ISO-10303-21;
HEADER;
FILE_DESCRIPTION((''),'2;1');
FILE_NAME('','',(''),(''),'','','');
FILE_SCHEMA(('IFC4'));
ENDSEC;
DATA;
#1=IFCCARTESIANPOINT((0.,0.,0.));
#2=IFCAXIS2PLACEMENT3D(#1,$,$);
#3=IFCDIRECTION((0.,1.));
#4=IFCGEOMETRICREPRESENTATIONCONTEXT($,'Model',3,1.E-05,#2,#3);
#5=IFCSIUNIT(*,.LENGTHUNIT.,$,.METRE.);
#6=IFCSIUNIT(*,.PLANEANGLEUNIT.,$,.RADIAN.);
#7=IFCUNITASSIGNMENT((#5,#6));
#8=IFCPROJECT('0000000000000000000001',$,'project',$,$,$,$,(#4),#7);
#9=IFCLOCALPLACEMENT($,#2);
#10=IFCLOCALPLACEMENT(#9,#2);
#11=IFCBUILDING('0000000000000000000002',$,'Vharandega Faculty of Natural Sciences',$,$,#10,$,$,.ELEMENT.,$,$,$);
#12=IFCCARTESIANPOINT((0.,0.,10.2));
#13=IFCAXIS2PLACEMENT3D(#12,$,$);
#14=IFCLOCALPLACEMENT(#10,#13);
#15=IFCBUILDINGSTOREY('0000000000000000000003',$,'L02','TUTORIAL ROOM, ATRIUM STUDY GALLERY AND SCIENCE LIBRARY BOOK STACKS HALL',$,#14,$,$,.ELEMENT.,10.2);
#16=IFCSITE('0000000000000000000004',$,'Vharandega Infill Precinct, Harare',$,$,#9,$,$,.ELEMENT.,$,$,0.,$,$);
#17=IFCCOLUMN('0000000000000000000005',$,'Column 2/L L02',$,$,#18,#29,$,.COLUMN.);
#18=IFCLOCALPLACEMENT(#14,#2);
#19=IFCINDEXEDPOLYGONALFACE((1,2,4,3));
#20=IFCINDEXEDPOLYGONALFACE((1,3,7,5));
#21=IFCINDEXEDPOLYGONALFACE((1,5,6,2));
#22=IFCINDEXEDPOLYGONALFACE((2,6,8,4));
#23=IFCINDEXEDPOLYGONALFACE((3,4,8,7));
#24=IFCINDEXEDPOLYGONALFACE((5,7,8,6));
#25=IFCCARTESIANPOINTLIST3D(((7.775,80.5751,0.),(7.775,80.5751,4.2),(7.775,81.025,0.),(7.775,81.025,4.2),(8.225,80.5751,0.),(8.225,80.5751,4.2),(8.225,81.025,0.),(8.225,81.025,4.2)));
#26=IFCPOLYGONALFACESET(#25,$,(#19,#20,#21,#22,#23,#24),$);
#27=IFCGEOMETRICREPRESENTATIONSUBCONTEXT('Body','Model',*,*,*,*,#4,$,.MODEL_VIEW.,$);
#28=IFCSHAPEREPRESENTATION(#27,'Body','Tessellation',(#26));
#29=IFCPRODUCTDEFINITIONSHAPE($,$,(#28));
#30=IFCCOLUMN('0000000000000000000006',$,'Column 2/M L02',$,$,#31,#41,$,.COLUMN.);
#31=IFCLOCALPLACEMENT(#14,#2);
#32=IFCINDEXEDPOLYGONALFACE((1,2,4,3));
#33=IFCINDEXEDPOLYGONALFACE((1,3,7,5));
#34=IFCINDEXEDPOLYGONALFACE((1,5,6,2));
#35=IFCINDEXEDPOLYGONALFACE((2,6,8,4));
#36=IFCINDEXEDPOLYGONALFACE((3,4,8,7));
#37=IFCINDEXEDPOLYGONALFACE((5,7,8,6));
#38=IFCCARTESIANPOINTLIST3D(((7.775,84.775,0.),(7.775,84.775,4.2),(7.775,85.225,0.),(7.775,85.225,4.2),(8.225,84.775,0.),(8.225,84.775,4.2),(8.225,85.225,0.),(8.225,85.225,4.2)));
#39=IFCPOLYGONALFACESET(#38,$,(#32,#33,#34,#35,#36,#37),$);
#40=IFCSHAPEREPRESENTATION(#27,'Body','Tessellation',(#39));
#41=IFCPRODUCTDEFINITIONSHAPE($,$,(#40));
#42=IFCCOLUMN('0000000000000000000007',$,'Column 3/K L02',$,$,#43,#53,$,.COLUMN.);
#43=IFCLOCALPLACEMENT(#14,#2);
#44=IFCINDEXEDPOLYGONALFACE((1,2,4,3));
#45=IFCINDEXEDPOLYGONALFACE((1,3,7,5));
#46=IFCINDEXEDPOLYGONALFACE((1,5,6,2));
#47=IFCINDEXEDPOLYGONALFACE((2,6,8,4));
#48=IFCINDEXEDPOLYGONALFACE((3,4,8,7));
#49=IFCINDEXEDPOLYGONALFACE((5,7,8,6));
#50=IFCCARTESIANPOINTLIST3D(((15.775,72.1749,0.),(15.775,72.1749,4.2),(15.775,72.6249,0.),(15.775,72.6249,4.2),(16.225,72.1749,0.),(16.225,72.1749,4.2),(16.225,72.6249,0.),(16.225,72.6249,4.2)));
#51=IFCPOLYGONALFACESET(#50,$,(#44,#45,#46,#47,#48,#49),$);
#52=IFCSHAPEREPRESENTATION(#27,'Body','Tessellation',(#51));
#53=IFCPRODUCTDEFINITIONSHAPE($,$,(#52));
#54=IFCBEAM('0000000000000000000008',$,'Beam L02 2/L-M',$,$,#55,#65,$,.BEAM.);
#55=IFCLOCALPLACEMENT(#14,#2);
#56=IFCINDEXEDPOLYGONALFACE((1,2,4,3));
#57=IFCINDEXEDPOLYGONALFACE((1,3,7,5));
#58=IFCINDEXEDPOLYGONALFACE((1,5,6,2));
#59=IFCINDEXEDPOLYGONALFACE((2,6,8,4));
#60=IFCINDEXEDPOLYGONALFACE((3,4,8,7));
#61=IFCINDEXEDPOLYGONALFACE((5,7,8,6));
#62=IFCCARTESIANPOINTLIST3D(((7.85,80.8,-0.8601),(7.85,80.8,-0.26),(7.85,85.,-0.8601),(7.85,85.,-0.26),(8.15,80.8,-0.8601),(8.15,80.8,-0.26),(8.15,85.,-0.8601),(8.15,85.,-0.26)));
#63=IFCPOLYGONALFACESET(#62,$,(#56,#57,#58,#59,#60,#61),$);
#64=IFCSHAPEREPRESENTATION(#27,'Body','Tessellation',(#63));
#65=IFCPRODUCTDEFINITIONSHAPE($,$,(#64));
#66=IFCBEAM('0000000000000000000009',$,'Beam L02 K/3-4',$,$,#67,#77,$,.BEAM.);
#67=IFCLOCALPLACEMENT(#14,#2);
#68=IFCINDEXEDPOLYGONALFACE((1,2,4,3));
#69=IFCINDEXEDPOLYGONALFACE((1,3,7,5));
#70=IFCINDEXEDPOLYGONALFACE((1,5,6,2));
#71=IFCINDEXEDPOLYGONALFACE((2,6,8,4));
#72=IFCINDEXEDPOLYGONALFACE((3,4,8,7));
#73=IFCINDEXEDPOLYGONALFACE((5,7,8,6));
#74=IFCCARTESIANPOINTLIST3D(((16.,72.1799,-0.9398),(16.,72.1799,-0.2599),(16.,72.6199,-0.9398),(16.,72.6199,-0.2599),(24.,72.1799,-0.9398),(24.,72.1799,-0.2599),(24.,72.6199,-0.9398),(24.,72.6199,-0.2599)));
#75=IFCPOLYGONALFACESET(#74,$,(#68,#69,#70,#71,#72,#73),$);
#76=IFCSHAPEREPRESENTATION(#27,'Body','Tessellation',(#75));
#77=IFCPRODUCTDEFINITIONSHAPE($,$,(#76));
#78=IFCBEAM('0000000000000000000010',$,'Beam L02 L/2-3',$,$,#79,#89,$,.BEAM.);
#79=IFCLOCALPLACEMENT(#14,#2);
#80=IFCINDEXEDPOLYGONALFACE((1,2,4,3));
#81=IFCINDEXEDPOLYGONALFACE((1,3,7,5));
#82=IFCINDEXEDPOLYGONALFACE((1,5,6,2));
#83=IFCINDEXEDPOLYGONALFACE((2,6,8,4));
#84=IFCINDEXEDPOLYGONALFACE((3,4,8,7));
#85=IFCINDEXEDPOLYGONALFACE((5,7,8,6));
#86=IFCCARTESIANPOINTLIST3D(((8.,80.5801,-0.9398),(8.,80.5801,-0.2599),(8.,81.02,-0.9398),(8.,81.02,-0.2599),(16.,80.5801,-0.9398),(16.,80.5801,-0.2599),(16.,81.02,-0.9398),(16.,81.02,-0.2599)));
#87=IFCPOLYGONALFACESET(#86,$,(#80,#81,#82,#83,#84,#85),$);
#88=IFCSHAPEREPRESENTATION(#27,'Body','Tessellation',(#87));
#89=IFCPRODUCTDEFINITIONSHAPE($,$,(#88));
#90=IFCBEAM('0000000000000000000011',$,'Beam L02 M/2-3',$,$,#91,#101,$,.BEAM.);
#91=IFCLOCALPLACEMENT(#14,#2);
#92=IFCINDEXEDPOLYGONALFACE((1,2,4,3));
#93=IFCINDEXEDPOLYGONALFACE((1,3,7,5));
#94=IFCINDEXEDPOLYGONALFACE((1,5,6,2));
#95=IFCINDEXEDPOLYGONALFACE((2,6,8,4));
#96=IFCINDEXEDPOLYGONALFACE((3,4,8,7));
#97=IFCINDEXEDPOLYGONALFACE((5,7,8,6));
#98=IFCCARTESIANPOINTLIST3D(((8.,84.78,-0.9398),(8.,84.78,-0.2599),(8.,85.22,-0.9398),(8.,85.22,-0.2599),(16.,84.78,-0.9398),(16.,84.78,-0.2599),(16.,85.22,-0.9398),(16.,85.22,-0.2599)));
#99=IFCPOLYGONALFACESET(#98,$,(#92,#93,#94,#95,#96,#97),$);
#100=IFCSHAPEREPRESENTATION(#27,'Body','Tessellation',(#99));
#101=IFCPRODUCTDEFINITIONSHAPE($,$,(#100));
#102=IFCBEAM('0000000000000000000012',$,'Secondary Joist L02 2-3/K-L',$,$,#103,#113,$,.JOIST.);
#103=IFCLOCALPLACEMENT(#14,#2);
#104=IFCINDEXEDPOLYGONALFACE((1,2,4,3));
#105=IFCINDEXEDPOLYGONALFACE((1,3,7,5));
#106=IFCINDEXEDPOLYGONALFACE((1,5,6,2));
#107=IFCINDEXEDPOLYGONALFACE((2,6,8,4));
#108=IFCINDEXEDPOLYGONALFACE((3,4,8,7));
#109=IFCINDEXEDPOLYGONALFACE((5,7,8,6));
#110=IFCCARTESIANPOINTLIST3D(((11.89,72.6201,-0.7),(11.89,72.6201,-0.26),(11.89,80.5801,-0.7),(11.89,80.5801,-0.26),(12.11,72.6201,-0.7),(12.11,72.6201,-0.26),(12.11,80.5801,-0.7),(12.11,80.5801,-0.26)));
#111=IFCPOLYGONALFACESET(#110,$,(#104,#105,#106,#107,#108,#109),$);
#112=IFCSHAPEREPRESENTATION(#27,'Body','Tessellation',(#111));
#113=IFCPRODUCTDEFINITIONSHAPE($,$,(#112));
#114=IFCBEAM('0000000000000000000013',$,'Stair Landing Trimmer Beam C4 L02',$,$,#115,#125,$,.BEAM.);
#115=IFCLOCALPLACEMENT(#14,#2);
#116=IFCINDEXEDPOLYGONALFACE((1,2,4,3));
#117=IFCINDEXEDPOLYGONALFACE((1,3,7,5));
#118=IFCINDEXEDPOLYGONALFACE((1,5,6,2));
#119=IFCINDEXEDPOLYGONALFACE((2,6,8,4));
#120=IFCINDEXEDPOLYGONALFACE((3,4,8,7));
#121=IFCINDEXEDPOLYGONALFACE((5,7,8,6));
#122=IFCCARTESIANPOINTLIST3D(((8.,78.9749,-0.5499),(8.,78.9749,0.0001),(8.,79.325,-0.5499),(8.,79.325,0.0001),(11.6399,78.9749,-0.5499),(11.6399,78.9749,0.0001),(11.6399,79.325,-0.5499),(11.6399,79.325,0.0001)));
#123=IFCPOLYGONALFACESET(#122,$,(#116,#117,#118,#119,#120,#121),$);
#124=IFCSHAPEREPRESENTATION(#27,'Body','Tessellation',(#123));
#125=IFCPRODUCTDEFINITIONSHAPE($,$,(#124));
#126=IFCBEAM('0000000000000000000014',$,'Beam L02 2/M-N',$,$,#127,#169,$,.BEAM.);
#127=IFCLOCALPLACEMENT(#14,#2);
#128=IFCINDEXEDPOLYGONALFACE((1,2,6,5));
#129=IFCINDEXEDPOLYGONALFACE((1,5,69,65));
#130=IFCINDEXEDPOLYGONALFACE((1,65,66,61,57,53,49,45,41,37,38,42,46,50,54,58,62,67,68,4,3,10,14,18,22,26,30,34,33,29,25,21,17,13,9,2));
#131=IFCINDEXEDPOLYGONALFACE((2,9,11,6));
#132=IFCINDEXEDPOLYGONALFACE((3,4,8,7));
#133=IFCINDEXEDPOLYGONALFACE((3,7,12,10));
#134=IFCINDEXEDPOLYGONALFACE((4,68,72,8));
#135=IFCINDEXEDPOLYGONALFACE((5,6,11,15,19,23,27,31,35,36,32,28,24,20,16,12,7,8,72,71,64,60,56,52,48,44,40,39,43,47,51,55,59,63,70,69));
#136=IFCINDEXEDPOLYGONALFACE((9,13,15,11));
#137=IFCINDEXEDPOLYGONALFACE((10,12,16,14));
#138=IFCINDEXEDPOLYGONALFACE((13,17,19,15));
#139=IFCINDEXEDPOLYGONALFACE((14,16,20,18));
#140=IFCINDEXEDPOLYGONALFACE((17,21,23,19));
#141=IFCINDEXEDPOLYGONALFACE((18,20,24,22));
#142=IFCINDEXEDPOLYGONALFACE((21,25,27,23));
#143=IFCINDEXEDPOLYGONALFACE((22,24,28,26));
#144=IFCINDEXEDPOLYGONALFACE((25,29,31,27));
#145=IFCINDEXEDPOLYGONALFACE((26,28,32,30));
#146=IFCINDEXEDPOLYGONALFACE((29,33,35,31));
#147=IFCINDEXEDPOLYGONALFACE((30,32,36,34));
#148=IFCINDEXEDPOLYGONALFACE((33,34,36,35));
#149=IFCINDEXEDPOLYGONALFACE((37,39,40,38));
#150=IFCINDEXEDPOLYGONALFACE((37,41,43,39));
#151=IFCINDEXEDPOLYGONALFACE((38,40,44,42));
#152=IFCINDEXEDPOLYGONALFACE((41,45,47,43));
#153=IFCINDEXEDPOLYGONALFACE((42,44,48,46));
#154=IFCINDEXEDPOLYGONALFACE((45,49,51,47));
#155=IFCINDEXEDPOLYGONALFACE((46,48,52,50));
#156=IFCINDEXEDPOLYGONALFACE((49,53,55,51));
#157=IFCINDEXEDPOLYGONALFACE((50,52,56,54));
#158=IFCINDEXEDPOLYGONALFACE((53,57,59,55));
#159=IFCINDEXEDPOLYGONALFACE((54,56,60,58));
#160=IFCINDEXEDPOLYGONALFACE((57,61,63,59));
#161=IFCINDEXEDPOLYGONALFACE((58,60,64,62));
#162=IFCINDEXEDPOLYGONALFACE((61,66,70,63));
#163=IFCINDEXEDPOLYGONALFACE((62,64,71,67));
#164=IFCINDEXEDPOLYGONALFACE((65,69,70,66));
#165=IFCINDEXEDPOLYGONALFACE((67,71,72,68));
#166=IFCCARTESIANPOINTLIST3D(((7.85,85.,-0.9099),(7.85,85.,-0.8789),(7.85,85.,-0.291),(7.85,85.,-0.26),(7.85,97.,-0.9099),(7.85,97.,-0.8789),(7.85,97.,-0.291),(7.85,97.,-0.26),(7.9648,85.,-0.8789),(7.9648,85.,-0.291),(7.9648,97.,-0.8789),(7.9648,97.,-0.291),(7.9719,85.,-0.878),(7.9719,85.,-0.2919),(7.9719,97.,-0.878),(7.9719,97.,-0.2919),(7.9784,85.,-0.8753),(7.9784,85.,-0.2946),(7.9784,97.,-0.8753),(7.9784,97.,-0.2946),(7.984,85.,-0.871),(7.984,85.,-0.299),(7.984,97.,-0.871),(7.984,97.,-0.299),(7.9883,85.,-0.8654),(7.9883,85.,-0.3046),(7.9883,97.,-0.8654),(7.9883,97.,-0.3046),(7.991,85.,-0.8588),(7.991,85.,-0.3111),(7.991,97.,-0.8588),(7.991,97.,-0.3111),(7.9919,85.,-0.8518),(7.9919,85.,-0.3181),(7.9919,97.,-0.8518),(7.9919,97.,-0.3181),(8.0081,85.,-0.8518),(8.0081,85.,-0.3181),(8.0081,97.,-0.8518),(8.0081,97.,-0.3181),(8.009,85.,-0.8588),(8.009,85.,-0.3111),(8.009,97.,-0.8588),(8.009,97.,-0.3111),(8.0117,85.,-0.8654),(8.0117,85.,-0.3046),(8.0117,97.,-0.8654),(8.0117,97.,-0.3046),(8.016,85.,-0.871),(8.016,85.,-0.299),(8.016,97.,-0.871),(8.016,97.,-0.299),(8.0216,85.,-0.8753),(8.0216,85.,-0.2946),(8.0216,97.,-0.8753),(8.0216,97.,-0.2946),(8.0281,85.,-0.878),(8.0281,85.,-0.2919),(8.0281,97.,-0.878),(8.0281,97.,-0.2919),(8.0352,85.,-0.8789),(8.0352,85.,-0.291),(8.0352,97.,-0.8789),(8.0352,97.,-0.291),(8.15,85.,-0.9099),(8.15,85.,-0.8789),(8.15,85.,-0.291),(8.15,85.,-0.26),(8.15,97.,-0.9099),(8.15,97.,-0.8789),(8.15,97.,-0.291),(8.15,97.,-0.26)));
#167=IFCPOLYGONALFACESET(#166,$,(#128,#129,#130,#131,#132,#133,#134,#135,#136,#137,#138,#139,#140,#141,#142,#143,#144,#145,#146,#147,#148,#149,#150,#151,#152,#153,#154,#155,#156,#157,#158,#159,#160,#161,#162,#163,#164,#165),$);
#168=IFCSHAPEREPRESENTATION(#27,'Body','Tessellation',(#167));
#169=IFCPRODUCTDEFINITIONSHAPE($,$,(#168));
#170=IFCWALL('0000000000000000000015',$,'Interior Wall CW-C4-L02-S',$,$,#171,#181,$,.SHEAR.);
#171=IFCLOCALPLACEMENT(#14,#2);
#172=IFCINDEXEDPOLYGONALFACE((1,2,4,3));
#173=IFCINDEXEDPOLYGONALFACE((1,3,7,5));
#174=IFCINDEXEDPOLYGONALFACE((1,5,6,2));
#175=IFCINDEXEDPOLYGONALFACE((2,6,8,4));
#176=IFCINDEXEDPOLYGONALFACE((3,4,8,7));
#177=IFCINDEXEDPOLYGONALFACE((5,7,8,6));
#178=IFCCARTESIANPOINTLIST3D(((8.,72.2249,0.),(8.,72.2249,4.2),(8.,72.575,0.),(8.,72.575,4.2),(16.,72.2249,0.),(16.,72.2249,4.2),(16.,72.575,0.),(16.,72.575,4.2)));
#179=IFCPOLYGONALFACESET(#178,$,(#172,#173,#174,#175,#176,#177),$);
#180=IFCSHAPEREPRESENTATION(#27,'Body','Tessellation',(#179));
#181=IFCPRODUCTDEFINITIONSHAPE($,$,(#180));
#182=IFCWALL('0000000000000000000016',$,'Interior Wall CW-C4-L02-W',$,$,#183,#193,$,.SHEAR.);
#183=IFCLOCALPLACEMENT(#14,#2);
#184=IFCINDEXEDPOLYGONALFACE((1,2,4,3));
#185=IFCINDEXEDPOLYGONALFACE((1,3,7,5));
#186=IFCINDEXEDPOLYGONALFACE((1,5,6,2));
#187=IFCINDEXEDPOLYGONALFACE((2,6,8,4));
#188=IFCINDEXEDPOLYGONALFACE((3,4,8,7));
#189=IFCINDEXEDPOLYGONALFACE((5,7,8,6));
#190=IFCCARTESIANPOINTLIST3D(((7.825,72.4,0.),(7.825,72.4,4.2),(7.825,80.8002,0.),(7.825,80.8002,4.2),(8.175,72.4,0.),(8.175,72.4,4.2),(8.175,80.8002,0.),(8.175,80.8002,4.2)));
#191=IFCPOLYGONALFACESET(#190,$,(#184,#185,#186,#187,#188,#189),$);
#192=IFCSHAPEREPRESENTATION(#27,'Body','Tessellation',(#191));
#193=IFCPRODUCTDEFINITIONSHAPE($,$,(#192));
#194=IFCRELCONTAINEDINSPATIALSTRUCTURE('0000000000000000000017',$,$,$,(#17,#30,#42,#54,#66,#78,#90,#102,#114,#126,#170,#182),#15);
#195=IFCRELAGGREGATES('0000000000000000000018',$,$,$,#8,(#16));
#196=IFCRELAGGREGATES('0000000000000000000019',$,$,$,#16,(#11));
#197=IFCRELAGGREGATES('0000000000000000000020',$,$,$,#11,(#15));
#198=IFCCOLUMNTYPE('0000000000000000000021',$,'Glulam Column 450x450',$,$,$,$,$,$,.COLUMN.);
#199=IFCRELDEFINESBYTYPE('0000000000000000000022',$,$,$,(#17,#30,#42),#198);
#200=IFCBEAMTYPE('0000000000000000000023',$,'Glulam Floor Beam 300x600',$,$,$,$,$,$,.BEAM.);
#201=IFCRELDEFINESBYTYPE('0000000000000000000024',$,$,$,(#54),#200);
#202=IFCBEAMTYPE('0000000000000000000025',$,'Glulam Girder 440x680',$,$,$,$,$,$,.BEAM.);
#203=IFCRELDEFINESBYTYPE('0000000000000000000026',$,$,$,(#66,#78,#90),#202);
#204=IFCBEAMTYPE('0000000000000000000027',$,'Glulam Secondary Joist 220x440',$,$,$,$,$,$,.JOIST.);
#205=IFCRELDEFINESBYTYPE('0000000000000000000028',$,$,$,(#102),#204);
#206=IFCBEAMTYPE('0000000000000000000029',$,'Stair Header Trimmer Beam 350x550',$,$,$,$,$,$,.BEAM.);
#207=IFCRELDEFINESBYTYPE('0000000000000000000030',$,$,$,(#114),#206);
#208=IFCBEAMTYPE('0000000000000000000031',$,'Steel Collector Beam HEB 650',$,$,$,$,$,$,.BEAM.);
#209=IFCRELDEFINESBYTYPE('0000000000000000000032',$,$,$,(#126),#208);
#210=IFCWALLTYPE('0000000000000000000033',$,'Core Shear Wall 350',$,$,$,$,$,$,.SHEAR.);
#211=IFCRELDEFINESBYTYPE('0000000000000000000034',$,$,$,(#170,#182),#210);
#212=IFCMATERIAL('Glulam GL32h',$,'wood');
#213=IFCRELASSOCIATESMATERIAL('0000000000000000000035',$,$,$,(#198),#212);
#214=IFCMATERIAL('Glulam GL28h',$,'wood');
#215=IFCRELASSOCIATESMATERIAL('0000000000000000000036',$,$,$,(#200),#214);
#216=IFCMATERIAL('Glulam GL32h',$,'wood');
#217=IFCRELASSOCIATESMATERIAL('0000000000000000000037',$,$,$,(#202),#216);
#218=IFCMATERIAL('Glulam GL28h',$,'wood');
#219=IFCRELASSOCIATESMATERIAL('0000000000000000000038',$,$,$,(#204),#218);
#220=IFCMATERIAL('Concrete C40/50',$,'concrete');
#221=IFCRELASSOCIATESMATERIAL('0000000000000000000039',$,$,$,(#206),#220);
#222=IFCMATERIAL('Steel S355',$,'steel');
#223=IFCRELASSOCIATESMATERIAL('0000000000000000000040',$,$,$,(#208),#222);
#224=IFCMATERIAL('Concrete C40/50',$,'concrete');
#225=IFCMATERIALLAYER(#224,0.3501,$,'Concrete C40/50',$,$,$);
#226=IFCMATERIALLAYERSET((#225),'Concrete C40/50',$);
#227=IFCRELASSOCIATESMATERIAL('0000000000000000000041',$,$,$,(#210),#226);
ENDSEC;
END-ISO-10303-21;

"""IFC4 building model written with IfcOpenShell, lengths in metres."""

from ifc_helpers import new_model, si_unit, direction, frame, frame_2d, origin, origin_2d, place, context, subcontext, project, spatial, rectangle, i_section, extrude, material, layer, layer_set, material_profile, profile_set, type_object, element, save


model = new_model("IFC4")

# Units and contexts
model_context = context("Model", 3, precision=1e-05, world=origin(), true_north=direction((0.0, 1.0)))
body_context = subcontext(model_context, "Body", "Model", "MODEL_VIEW")
ifc_project = project(units=[si_unit("LENGTHUNIT", "METRE"), si_unit("PLANEANGLEUNIT", "RADIAN")], contexts=[model_context])

# Site, building, storey
site_placement = place(None, origin())
site = spatial("IfcSite", under=ifc_project, at=site_placement, Name="Vharandega Infill Precinct, Harare", CompositionType="ELEMENT", RefElevation=0.0)
building_placement = place(site_placement, origin())
building = spatial("IfcBuilding", under=site, at=building_placement, Name="Vharandega Faculty of Natural Sciences", CompositionType="ELEMENT")
storey_placement = place(building_placement, frame((0.0, 0.0, 10.2)))
storey = spatial("IfcBuildingStorey", under=building, at=storey_placement, Name="L02", Description="TUTORIAL ROOM, ATRIUM STUDY GALLERY AND SCIENCE LIBRARY BOOK STACKS HALL", CompositionType="ELEMENT", Elevation=10.2)

# Columns
ifc_material_1 = material(Name="Glulam GL32h", Category="wood")
ifc_material_profile_1 = material_profile(ifc_material_1, rectangle(XDim=0.45, YDim=0.45, at=origin_2d()), Name="GL32h 450x450")
ifc_profile_set_1 = profile_set([ifc_material_profile_1], Name="Glulam GL32h")
column_type = type_object("IfcColumnType", Name="Glulam Column 450x450", PredefinedType="COLUMN", material=ifc_profile_set_1)
for number, where, z_axis, x_axis, name in (
    (1, (8.0, 80.8, 0.0), (0.0, 0.0, 1.0), (1.0, 0.0, 0.0), "Column 2/L L02"),
    (2, (8.0, 85.0, 0.0), (0.0, 0.0, 1.0), (1.0, 0.0, 0.0), "Column 2/M L02"),
    (3, (16.0, 72.3999, 0.0), (0.0, 0.0, 1.0), (1.0, 0.0, 0.0), "Column 3/K L02"),
):
    element("IfcColumn", number, at=place(storey_placement, frame(where, z_axis=z_axis, x_axis=x_axis)), inside=storey, type_object=column_type, Name=name, PredefinedType="COLUMN", context=body_context, shape_type="SweptSolid", body=[
        extrude(rectangle(XDim=0.45, YDim=0.45, at=origin_2d()), origin(), (0.0, 0.0, 1.0), 4.2),
    ])

# Beams
ifc_material_2 = material(Name="Glulam GL28h", Category="wood")
ifc_material_profile_2 = material_profile(ifc_material_2, rectangle(XDim=0.3, YDim=0.6001, at=origin_2d()), Name="GL28h 300x600")
ifc_profile_set_2 = profile_set([ifc_material_profile_2], Name="Glulam GL28h")
beam_type_1 = type_object("IfcBeamType", Name="Glulam Floor Beam 300x600", PredefinedType="BEAM", material=ifc_profile_set_2)
beam_1_placement = place(storey_placement, frame((8.0, 80.8, -0.5601), z_axis=(0.0, 1.0, 0.0), x_axis=(-1.0, 0.0, 0.0)))
element("IfcBeam", 4, at=beam_1_placement, inside=storey, type_object=beam_type_1, Name="Beam L02 2/L-M", PredefinedType="BEAM", context=body_context, shape_type="SweptSolid", body=[
    extrude(rectangle(XDim=0.3, YDim=0.6001, at=origin_2d()), origin(), (0.0, 0.0, 1.0), 4.2),
])
ifc_material_3 = material(Name="Glulam GL32h", Category="wood")
ifc_material_profile_3 = material_profile(ifc_material_3, rectangle(XDim=0.4399, YDim=0.6799, at=origin_2d()), Name="GL32h 440x680")
ifc_profile_set_3 = profile_set([ifc_material_profile_3], Name="Glulam GL32h")
beam_type_2 = type_object("IfcBeamType", Name="Glulam Girder 440x680", PredefinedType="BEAM", material=ifc_profile_set_3)
for number, where, z_axis, x_axis, name in (
    (5, (16.0, 72.3999, -0.5999), (1.0, 0.0, 0.0), (0.0, 1.0, 0.0), "Beam L02 K/3-4"),
    (6, (8.0, 80.8, -0.5999), (1.0, 0.0, 0.0), (0.0, 1.0, 0.0), "Beam L02 L/2-3"),
    (7, (8.0, 85.0, -0.5999), (1.0, 0.0, 0.0), (0.0, 1.0, 0.0), "Beam L02 M/2-3"),
):
    element("IfcBeam", number, at=place(storey_placement, frame(where, z_axis=z_axis, x_axis=x_axis)), inside=storey, type_object=beam_type_2, Name=name, PredefinedType="BEAM", context=body_context, shape_type="SweptSolid", body=[
        extrude(rectangle(XDim=0.4399, YDim=0.6799, at=origin_2d()), origin(), (0.0, 0.0, 1.0), 8.0),
    ])
ifc_material_4 = material(Name="Glulam GL28h", Category="wood")
ifc_material_profile_4 = material_profile(ifc_material_4, rectangle(XDim=0.22, YDim=0.4399, at=origin_2d()), Name="GL28h 220x440")
ifc_profile_set_4 = profile_set([ifc_material_profile_4], Name="Glulam GL28h")
beam_type_3 = type_object("IfcBeamType", Name="Glulam Secondary Joist 220x440", PredefinedType="JOIST", material=ifc_profile_set_4)
beam_2_placement = place(storey_placement, frame((12.0, 72.6201, -0.48), z_axis=(0.0, 1.0, 0.0), x_axis=(-1.0, 0.0, 0.0)))
element("IfcBeam", 8, at=beam_2_placement, inside=storey, type_object=beam_type_3, Name="Secondary Joist L02 2-3/K-L", PredefinedType="JOIST", context=body_context, shape_type="SweptSolid", body=[
    extrude(rectangle(XDim=0.22, YDim=0.4399, at=origin_2d()), origin(), (0.0, 0.0, 1.0), 7.96),
])
ifc_material_5 = material(Name="Concrete C40/50", Category="concrete")
ifc_material_profile_5 = material_profile(ifc_material_5, rectangle(XDim=0.3501, YDim=0.55, at=origin_2d()), Name="RC 350x550")
ifc_profile_set_5 = profile_set([ifc_material_profile_5], Name="Concrete C40/50")
beam_type_4 = type_object("IfcBeamType", Name="Stair Header Trimmer Beam 350x550", PredefinedType="BEAM", material=ifc_profile_set_5)
beam_3_placement = place(storey_placement, frame((8.0, 79.1499, -0.2749), z_axis=(1.0, 0.0, 0.0), x_axis=(0.0, 1.0, 0.0)))
element("IfcBeam", 9, at=beam_3_placement, inside=storey, type_object=beam_type_4, Name="Stair Landing Trimmer Beam C4 L02", PredefinedType="BEAM", context=body_context, shape_type="SweptSolid", body=[
    extrude(rectangle(XDim=0.3501, YDim=0.55, at=origin_2d()), origin(), (0.0, 0.0, 1.0), 3.6399),
])
ifc_material_6 = material(Name="Steel S355", Category="steel")
ifc_material_profile_6 = material_profile(ifc_material_6, i_section(OverallWidth=0.3, OverallDepth=0.6499, WebThickness=0.0161, FlangeThickness=0.031, FilletRadius=0.0271, at=origin_2d()), Name="HEB 650")
ifc_profile_set_6 = profile_set([ifc_material_profile_6], Name="Steel S355")
beam_type_5 = type_object("IfcBeamType", Name="Steel Collector Beam HEB 650", PredefinedType="BEAM", material=ifc_profile_set_6)
beam_4_placement = place(storey_placement, frame((8.0, 85.0, -0.585), z_axis=(0.0, 1.0, 0.0), x_axis=(-1.0, 0.0, 0.0)))
element("IfcBeam", 10, at=beam_4_placement, inside=storey, type_object=beam_type_5, Name="Beam L02 2/M-N", PredefinedType="BEAM", context=body_context, shape_type="SweptSolid", body=[
    extrude(i_section(OverallWidth=0.3, OverallDepth=0.6499, WebThickness=0.0161, FlangeThickness=0.031, FilletRadius=0.0271, at=origin_2d()), origin(), (0.0, 0.0, 1.0), 12.0),
])

# Walls
ifc_material_7 = material(Name="Concrete C40/50", Category="concrete")
ifc_layer_1 = layer(ifc_material_7, 0.3501, Name="Concrete C40/50")
ifc_layer_set_1 = layer_set([ifc_layer_1], Name="Concrete C40/50")
wall_type_1 = type_object("IfcWallType", Name="Core Shear Wall 350", PredefinedType="SHEAR", material=ifc_layer_set_1)
wall_1_placement = place(storey_placement, frame((8.0, 72.3999, 0.0), z_axis=(0.0, 0.0, 1.0), x_axis=(1.0, 0.0, 0.0)))
element("IfcWall", 11, at=wall_1_placement, inside=storey, type_object=wall_type_1, Name="Interior Wall CW-C4-L02-S", PredefinedType="SHEAR", context=body_context, shape_type="SweptSolid", body=[
    extrude(rectangle(XDim=8.0, YDim=0.3501, at=frame_2d((4.0, 0.0))), origin(), (0.0, 0.0, 1.0), 4.2),
])
wall_2_placement = place(storey_placement, frame((8.0, 72.3999, 0.0), z_axis=(0.0, 0.0, 1.0), x_axis=(0.0, 1.0, 0.0)))
element("IfcWall", 12, at=wall_2_placement, inside=storey, type_object=wall_type_1, Name="Interior Wall CW-C4-L02-W", PredefinedType="SHEAR", context=body_context, shape_type="SweptSolid", body=[
    extrude(rectangle(XDim=8.4001, YDim=0.3501, at=frame_2d((4.2002, 0.0))), origin(), (0.0, 0.0, 1.0), 4.2),
])

save(model, "model.ifc")
